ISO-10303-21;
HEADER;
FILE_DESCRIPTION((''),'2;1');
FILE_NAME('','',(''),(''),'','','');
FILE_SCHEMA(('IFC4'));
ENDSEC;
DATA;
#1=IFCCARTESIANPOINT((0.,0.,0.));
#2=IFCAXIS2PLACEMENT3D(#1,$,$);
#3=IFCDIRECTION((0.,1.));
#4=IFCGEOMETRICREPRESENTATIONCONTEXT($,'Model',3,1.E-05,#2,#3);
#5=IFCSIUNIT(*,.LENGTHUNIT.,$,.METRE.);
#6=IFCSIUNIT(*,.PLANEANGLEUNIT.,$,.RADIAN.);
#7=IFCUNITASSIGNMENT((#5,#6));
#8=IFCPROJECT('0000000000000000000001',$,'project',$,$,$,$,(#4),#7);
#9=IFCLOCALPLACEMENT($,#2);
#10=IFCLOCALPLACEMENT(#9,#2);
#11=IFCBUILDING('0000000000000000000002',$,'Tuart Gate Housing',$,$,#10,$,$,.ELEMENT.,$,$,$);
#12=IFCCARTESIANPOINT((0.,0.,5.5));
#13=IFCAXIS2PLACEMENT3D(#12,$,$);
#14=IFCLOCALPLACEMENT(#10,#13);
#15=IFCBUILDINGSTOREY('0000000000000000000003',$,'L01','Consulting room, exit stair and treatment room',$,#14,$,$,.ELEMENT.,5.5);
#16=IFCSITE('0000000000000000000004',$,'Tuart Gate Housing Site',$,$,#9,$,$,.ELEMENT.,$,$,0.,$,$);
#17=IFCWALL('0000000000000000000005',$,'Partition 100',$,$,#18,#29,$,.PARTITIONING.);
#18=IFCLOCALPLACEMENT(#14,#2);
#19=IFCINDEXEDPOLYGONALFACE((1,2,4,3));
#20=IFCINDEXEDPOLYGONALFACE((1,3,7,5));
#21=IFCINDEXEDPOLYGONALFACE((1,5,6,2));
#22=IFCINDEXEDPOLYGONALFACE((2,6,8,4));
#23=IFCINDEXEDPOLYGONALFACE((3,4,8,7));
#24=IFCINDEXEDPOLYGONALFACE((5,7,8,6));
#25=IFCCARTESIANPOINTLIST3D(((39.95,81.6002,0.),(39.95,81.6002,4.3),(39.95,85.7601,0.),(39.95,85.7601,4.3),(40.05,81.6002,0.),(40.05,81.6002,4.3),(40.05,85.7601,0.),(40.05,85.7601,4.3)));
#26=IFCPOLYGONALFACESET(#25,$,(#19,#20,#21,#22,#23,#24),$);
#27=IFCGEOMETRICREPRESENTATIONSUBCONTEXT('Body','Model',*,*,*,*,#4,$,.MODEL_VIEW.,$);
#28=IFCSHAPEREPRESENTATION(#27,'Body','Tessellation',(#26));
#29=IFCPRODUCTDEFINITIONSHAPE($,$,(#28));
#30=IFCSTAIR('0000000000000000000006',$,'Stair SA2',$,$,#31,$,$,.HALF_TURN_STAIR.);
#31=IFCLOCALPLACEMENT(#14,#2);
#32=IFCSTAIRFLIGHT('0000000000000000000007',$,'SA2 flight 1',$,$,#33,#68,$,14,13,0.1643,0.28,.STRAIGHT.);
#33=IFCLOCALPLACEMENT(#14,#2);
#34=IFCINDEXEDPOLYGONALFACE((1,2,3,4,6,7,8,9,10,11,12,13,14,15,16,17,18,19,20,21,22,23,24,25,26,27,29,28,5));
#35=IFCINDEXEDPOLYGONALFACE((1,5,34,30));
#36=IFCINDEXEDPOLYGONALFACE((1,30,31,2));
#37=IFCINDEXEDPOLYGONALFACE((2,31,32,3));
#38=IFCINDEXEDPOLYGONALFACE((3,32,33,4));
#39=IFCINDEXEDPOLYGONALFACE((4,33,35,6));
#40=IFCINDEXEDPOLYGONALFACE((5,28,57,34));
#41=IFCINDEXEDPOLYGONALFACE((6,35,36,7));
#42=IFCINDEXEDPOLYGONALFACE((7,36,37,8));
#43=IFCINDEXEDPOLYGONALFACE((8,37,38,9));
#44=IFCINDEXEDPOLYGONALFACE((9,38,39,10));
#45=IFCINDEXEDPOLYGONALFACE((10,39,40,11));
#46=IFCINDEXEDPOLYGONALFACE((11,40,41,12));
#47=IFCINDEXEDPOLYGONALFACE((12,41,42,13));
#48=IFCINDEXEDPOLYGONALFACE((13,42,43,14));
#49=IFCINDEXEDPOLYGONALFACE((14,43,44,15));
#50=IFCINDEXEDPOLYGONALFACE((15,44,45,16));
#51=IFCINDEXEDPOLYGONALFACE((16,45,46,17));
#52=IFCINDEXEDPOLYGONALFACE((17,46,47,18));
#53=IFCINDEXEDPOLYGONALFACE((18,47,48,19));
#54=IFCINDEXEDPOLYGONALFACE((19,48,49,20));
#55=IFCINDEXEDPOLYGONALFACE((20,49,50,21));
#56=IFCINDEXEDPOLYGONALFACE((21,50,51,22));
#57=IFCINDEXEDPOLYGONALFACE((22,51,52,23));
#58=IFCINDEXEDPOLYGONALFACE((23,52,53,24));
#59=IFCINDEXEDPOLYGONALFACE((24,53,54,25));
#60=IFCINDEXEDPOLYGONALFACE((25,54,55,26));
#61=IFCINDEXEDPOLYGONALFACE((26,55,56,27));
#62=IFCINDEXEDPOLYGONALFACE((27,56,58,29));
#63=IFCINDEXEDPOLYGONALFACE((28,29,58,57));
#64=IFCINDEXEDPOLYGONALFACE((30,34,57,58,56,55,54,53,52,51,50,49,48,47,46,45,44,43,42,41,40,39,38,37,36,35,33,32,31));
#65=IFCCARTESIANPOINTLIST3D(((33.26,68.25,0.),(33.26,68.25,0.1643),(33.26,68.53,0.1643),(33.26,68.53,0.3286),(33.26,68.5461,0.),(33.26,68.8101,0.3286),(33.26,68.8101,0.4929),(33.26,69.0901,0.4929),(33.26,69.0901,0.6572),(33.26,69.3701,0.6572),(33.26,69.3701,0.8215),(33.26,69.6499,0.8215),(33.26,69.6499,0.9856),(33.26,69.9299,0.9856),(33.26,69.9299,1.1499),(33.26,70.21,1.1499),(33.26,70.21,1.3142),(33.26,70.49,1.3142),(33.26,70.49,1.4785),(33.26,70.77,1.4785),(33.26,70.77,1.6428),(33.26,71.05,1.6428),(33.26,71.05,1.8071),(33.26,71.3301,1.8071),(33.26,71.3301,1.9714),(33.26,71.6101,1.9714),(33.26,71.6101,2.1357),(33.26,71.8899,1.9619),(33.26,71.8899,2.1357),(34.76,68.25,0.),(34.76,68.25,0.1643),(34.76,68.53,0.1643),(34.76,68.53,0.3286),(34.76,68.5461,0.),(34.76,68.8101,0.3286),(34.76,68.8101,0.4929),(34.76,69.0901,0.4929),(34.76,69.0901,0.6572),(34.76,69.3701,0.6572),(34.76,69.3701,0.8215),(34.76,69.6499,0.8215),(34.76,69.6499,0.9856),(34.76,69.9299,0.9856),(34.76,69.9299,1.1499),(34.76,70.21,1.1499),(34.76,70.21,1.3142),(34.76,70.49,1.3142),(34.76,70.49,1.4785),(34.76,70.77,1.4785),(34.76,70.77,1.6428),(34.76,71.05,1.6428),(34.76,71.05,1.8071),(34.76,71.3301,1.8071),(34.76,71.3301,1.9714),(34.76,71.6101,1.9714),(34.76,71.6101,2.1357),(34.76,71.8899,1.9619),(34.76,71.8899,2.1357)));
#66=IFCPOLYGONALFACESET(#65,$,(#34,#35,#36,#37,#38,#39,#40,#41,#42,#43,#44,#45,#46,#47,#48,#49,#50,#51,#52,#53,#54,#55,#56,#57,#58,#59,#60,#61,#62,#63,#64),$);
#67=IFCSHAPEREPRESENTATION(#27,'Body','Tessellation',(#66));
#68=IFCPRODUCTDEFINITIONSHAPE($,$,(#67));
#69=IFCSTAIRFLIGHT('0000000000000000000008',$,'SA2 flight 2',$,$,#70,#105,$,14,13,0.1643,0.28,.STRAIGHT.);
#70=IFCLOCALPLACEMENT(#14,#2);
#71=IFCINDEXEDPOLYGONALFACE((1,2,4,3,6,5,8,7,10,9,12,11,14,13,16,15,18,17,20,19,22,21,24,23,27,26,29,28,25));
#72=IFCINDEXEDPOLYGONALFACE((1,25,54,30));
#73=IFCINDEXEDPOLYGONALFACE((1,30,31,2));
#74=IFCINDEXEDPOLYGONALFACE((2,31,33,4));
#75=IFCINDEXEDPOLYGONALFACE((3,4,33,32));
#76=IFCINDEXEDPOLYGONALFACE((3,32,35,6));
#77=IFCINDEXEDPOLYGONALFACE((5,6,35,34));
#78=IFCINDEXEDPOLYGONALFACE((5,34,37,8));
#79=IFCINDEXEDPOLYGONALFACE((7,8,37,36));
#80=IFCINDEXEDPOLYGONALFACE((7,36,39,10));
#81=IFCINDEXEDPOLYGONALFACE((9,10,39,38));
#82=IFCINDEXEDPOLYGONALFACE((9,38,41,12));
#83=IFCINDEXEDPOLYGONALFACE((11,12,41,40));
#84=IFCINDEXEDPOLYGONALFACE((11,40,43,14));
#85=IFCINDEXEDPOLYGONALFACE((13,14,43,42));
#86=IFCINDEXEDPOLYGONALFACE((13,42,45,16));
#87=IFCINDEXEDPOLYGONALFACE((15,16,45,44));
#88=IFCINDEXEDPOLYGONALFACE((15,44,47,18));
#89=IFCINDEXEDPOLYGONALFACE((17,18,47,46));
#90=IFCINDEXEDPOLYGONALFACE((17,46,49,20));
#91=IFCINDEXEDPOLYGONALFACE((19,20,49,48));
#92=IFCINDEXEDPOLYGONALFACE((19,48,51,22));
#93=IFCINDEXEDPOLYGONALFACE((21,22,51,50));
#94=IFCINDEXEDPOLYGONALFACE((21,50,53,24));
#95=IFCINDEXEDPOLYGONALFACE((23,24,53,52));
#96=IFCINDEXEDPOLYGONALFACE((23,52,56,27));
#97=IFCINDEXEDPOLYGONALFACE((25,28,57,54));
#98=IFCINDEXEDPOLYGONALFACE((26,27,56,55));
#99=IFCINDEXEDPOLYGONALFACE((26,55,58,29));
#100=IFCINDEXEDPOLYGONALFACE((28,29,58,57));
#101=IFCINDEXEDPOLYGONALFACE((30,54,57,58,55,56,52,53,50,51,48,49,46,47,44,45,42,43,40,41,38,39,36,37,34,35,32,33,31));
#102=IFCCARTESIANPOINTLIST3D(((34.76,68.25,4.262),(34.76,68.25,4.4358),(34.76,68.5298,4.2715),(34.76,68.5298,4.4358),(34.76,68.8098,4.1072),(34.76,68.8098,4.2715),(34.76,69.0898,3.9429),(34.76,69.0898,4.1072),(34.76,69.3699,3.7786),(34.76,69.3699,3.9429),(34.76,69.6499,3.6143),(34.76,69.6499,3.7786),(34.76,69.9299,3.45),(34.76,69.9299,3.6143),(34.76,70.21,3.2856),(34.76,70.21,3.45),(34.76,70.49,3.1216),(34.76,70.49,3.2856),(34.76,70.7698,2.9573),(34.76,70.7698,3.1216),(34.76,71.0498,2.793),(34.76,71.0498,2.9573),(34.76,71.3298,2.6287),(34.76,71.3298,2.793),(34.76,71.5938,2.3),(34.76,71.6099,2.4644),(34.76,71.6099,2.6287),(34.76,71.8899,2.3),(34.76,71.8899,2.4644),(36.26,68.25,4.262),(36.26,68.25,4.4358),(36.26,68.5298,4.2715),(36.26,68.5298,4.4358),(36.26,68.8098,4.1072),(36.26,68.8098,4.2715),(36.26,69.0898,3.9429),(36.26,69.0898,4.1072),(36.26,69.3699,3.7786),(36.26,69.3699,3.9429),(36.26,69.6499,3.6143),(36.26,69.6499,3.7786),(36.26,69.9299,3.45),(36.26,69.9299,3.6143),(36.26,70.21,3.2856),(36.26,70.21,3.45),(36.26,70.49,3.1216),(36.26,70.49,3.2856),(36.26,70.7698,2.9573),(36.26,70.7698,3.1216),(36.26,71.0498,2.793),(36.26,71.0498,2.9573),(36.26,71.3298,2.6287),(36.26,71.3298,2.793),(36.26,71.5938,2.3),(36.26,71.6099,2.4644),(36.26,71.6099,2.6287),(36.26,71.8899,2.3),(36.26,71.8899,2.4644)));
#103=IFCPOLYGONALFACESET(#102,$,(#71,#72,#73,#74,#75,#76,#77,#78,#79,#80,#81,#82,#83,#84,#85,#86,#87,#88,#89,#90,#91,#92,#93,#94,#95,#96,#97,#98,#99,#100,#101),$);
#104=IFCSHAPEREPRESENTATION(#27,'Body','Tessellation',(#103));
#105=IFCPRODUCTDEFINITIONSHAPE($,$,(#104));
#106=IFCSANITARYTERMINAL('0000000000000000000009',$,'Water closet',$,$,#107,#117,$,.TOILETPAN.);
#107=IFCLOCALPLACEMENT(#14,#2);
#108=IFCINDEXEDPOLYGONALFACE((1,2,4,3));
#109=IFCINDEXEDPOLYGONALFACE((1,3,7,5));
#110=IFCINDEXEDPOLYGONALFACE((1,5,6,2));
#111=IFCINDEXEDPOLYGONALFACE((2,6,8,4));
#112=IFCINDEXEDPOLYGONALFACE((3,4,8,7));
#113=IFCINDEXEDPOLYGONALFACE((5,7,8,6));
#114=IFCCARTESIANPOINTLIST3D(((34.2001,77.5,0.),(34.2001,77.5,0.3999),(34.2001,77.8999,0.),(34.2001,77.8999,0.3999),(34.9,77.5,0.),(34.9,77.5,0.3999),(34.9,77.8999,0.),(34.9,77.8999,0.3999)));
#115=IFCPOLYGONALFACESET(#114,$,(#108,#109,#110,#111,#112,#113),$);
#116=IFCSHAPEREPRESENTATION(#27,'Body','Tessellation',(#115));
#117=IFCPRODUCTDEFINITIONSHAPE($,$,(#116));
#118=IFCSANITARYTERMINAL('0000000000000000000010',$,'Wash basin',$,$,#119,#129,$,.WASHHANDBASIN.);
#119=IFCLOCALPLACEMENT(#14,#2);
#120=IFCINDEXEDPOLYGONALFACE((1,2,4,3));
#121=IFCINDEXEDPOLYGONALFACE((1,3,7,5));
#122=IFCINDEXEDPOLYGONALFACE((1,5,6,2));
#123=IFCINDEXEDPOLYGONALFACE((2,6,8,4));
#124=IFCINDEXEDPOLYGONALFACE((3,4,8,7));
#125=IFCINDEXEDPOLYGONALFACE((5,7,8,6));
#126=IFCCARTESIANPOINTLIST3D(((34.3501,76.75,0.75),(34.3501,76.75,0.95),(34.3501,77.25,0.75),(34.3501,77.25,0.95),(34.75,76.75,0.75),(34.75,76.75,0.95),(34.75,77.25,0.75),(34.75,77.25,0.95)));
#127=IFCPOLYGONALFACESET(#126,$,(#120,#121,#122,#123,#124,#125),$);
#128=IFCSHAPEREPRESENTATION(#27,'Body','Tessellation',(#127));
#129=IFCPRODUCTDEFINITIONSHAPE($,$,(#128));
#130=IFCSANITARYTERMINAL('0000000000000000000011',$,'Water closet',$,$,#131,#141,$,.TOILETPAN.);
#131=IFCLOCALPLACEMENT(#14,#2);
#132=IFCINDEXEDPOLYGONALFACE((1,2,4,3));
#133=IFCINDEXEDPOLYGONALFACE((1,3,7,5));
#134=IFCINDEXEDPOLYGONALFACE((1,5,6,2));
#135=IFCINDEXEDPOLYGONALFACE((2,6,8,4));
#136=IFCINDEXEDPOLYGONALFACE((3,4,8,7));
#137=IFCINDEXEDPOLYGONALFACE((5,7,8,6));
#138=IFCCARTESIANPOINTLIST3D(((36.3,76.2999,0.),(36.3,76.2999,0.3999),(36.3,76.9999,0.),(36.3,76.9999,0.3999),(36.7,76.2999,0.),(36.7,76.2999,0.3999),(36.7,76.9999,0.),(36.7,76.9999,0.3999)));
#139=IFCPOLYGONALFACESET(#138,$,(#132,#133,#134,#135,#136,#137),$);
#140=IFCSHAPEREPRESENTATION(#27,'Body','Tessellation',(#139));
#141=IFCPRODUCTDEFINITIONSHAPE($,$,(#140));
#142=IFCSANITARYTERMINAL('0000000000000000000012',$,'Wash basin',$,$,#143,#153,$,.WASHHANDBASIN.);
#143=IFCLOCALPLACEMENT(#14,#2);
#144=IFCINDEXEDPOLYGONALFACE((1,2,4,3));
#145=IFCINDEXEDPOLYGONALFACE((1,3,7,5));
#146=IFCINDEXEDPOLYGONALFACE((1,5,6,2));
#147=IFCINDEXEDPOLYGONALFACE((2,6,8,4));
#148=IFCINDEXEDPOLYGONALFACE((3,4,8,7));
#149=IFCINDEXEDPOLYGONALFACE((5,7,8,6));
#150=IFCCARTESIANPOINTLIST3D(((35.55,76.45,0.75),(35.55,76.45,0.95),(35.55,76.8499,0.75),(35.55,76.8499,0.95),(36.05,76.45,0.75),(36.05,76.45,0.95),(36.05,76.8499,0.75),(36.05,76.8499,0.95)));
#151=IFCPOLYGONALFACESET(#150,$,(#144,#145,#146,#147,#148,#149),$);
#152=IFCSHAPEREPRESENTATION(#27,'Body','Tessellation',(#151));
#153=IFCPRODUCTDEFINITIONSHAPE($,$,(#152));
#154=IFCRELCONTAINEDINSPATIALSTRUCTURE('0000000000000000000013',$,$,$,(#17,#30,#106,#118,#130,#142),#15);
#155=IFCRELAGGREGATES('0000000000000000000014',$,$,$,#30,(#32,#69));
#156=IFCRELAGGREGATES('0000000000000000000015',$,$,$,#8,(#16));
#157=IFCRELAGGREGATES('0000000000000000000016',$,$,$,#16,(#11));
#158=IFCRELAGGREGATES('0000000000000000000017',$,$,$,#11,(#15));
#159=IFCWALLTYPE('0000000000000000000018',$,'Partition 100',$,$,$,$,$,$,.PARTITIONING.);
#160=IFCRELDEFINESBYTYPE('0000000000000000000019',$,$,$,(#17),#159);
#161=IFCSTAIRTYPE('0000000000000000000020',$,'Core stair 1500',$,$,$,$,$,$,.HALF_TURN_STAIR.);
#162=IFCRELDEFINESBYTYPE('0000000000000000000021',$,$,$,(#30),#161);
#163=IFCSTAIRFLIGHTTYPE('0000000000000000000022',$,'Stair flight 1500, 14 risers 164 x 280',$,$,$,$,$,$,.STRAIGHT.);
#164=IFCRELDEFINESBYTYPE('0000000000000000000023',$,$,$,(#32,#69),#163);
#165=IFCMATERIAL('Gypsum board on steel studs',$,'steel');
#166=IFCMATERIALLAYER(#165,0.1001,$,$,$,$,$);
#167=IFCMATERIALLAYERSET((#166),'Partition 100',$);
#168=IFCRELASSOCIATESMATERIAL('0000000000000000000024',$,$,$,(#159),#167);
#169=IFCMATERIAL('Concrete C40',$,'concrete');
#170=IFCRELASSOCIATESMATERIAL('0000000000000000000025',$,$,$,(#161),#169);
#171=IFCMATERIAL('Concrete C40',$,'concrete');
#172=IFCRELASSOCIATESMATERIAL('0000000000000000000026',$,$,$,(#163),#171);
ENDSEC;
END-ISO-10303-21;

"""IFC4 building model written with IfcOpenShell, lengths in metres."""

from ifc_helpers import new_model, si_unit, direction, frame, frame_2d, origin, origin_2d, place, context, subcontext, project, spatial, polyline, rectangle, outline, extrude, material, layer, layer_set, type_object, element, aggregate, save


model = new_model("IFC4")

# Units and contexts
model_context = context("Model", 3, precision=1e-05, world=origin(), true_north=direction((0.0, 1.0)))
body_context = subcontext(model_context, "Body", "Model", "MODEL_VIEW")
ifc_project = project(units=[si_unit("LENGTHUNIT", "METRE"), si_unit("PLANEANGLEUNIT", "RADIAN")], contexts=[model_context])

# Site, building, storey
site_placement = place(None, origin())
site = spatial("IfcSite", under=ifc_project, at=site_placement, Name="Tuart Gate Housing Site", CompositionType="ELEMENT", RefElevation=0.0)
building_placement = place(site_placement, origin())
building = spatial("IfcBuilding", under=site, at=building_placement, Name="Tuart Gate Housing", CompositionType="ELEMENT")
storey_placement = place(building_placement, frame((0.0, 0.0, 5.5)))
storey = spatial("IfcBuildingStorey", under=building, at=storey_placement, Name="L01", Description="Consulting room, exit stair and treatment room", CompositionType="ELEMENT", Elevation=5.5)

# Wall
ifc_material_1 = material(Name="Gypsum board on steel studs", Category="steel")
ifc_layer_1 = layer(ifc_material_1, 0.1001)
ifc_layer_set_1 = layer_set([ifc_layer_1], Name="Partition 100")
wall_type_1 = type_object("IfcWallType", Name="Partition 100", PredefinedType="PARTITIONING", material=ifc_layer_set_1)
for number, where, z_axis, x_axis, name in (
    (1, (40.0, 81.6001, 0.0), (0.0, 0.0, 1.0), (0.0, 1.0, 0.0), "Partition 100"),
):
    element("IfcWall", number, at=place(storey_placement, frame(where, z_axis=z_axis, x_axis=x_axis)), inside=storey, type_object=wall_type_1, Name=name, PredefinedType="PARTITIONING", context=body_context, shape_type="SweptSolid", body=[
        extrude(rectangle(XDim=4.1599, YDim=0.1001, at=frame_2d((2.0801, 0.0))), origin(), (0.0, 0.0, 1.0), 4.3),
    ])

# Stair, stair flights
ifc_material_2 = material(Name="Concrete C40", Category="concrete")
stair_type = type_object("IfcStairType", Name="Core stair 1500", PredefinedType="HALF_TURN_STAIR", material=ifc_material_2)
stair_placement = place(storey_placement, origin())
stair = element("IfcStair", 2, at=stair_placement, inside=storey, type_object=stair_type, Name="Stair SA2", PredefinedType="HALF_TURN_STAIR")
ifc_material_3 = material(Name="Concrete C40", Category="concrete")
stair_flight_type = type_object("IfcStairFlightType", Name="Stair flight 1500, 14 risers 164 x 280", PredefinedType="STRAIGHT", material=ifc_material_3)
stair_flight_1_placement = place(storey_placement, frame((34.01, 68.25, 0.0), z_axis=(0.0, 0.0, 1.0), x_axis=(0.0, 1.0, 0.0)))
stair_flight_1 = element("IfcStairFlight", 3, at=stair_flight_1_placement, type_object=stair_flight_type, Name="SA2 flight 1", NumberOfRisers=14, NumberOfTreads=13, PredefinedType="STRAIGHT", RiserHeight=0.1643, TreadLength=0.28, context=body_context, shape_type="SweptSolid", body=[
    extrude(outline(polyline([(0.0, 0.0), (0.0, 0.1643), (0.28, 0.1643), (0.28, 0.3286), (0.5601, 0.3286), (0.5601, 0.4929), (0.8401, 0.4929), (0.8401, 0.6572), (1.1201, 0.6572), (1.1201, 0.8215), (1.3999, 0.8215), (1.3999, 0.9856), (1.6799, 0.9856), (1.6799, 1.1499), (1.96, 1.1499), (1.96, 1.3142), (2.24, 1.3142), (2.24, 1.4785), (2.52, 1.4785), (2.52, 1.6428), (2.8, 1.6428), (2.8, 1.8071), (3.0801, 1.8071), (3.0801, 1.9714), (3.3601, 1.9714), (3.3601, 2.1357), (3.6399, 2.1357), (3.6399, 2.3), (3.6399, 1.9619), (0.2961, 0.0), (0.0, 0.0)])), frame((0.0, 0.75, 0.0), z_axis=(0.0, -1.0, 0.0), x_axis=(1.0, 0.0, 0.0)), (0.0, 0.0, 1.0), 1.5),
])
stair_flight_2_placement = place(storey_placement, frame((35.51, 71.8899, 2.3), z_axis=(0.0, 0.0, 1.0), x_axis=(0.0, -1.0, 0.0)))
stair_flight_2 = element("IfcStairFlight", 4, at=stair_flight_2_placement, type_object=stair_flight_type, Name="SA2 flight 2", NumberOfRisers=14, NumberOfTreads=13, PredefinedType="STRAIGHT", RiserHeight=0.1643, TreadLength=0.28, context=body_context, shape_type="SweptSolid", body=[
    extrude(outline(polyline([(0.0, 0.0), (0.0, 0.1643), (0.28, 0.1643), (0.28, 0.3286), (0.5601, 0.3286), (0.5601, 0.4929), (0.8401, 0.4929), (0.8401, 0.6572), (1.1201, 0.6572), (1.1201, 0.8215), (1.3999, 0.8215), (1.3999, 0.9856), (1.6799, 0.9856), (1.6799, 1.1499), (1.96, 1.1499), (1.96, 1.3142), (2.24, 1.3142), (2.24, 1.4785), (2.52, 1.4785), (2.52, 1.6428), (2.8, 1.6428), (2.8, 1.8071), (3.0801, 1.8071), (3.0801, 1.9714), (3.3601, 1.9714), (3.3601, 2.1357), (3.6399, 2.1357), (3.6399, 2.3), (3.6399, 1.9619), (0.2961, 0.0), (0.0, 0.0)])), frame((0.0, 0.75, 0.0), z_axis=(0.0, -1.0, 0.0), x_axis=(1.0, 0.0, 0.0)), (0.0, 0.0, 1.0), 1.5),
])
aggregate(stair, [stair_flight_1, stair_flight_2])

# Sanitary terminals
sanitary_terminal_1_placement = place(storey_placement, frame((34.55, 77.7, 0.0), z_axis=(0.0, 0.0, 1.0), x_axis=(1.0, 0.0, 0.0)))
element("IfcSanitaryTerminal", 5, at=sanitary_terminal_1_placement, inside=storey, Name="Water closet", PredefinedType="TOILETPAN", context=body_context, shape_type="SweptSolid", body=[
    extrude(rectangle(XDim=0.7, YDim=0.3999, at=origin_2d()), origin(), (0.0, 0.0, 1.0), 0.3999),
])
sanitary_terminal_2_placement = place(storey_placement, frame((34.55, 77.0, 0.75), z_axis=(0.0, 0.0, 1.0), x_axis=(1.0, 0.0, 0.0)))
element("IfcSanitaryTerminal", 6, at=sanitary_terminal_2_placement, inside=storey, Name="Wash basin", PredefinedType="WASHHANDBASIN", context=body_context, shape_type="SweptSolid", body=[
    extrude(rectangle(XDim=0.3999, YDim=0.5, at=origin_2d()), origin(), (0.0, 0.0, 1.0), 0.2),
])
sanitary_terminal_3_placement = place(storey_placement, frame((36.5, 76.6499, 0.0), z_axis=(0.0, 0.0, 1.0), x_axis=(1.0, 0.0, 0.0)))
element("IfcSanitaryTerminal", 7, at=sanitary_terminal_3_placement, inside=storey, Name="Water closet", PredefinedType="TOILETPAN", context=body_context, shape_type="SweptSolid", body=[
    extrude(rectangle(XDim=0.3999, YDim=0.7, at=origin_2d()), origin(), (0.0, 0.0, 1.0), 0.3999),
])
sanitary_terminal_4_placement = place(storey_placement, frame((35.8, 76.6499, 0.75), z_axis=(0.0, 0.0, 1.0), x_axis=(1.0, 0.0, 0.0)))
element("IfcSanitaryTerminal", 8, at=sanitary_terminal_4_placement, inside=storey, Name="Wash basin", PredefinedType="WASHHANDBASIN", context=body_context, shape_type="SweptSolid", body=[
    extrude(rectangle(XDim=0.5, YDim=0.3999, at=origin_2d()), origin(), (0.0, 0.0, 1.0), 0.2),
])

save(model, "model.ifc")
